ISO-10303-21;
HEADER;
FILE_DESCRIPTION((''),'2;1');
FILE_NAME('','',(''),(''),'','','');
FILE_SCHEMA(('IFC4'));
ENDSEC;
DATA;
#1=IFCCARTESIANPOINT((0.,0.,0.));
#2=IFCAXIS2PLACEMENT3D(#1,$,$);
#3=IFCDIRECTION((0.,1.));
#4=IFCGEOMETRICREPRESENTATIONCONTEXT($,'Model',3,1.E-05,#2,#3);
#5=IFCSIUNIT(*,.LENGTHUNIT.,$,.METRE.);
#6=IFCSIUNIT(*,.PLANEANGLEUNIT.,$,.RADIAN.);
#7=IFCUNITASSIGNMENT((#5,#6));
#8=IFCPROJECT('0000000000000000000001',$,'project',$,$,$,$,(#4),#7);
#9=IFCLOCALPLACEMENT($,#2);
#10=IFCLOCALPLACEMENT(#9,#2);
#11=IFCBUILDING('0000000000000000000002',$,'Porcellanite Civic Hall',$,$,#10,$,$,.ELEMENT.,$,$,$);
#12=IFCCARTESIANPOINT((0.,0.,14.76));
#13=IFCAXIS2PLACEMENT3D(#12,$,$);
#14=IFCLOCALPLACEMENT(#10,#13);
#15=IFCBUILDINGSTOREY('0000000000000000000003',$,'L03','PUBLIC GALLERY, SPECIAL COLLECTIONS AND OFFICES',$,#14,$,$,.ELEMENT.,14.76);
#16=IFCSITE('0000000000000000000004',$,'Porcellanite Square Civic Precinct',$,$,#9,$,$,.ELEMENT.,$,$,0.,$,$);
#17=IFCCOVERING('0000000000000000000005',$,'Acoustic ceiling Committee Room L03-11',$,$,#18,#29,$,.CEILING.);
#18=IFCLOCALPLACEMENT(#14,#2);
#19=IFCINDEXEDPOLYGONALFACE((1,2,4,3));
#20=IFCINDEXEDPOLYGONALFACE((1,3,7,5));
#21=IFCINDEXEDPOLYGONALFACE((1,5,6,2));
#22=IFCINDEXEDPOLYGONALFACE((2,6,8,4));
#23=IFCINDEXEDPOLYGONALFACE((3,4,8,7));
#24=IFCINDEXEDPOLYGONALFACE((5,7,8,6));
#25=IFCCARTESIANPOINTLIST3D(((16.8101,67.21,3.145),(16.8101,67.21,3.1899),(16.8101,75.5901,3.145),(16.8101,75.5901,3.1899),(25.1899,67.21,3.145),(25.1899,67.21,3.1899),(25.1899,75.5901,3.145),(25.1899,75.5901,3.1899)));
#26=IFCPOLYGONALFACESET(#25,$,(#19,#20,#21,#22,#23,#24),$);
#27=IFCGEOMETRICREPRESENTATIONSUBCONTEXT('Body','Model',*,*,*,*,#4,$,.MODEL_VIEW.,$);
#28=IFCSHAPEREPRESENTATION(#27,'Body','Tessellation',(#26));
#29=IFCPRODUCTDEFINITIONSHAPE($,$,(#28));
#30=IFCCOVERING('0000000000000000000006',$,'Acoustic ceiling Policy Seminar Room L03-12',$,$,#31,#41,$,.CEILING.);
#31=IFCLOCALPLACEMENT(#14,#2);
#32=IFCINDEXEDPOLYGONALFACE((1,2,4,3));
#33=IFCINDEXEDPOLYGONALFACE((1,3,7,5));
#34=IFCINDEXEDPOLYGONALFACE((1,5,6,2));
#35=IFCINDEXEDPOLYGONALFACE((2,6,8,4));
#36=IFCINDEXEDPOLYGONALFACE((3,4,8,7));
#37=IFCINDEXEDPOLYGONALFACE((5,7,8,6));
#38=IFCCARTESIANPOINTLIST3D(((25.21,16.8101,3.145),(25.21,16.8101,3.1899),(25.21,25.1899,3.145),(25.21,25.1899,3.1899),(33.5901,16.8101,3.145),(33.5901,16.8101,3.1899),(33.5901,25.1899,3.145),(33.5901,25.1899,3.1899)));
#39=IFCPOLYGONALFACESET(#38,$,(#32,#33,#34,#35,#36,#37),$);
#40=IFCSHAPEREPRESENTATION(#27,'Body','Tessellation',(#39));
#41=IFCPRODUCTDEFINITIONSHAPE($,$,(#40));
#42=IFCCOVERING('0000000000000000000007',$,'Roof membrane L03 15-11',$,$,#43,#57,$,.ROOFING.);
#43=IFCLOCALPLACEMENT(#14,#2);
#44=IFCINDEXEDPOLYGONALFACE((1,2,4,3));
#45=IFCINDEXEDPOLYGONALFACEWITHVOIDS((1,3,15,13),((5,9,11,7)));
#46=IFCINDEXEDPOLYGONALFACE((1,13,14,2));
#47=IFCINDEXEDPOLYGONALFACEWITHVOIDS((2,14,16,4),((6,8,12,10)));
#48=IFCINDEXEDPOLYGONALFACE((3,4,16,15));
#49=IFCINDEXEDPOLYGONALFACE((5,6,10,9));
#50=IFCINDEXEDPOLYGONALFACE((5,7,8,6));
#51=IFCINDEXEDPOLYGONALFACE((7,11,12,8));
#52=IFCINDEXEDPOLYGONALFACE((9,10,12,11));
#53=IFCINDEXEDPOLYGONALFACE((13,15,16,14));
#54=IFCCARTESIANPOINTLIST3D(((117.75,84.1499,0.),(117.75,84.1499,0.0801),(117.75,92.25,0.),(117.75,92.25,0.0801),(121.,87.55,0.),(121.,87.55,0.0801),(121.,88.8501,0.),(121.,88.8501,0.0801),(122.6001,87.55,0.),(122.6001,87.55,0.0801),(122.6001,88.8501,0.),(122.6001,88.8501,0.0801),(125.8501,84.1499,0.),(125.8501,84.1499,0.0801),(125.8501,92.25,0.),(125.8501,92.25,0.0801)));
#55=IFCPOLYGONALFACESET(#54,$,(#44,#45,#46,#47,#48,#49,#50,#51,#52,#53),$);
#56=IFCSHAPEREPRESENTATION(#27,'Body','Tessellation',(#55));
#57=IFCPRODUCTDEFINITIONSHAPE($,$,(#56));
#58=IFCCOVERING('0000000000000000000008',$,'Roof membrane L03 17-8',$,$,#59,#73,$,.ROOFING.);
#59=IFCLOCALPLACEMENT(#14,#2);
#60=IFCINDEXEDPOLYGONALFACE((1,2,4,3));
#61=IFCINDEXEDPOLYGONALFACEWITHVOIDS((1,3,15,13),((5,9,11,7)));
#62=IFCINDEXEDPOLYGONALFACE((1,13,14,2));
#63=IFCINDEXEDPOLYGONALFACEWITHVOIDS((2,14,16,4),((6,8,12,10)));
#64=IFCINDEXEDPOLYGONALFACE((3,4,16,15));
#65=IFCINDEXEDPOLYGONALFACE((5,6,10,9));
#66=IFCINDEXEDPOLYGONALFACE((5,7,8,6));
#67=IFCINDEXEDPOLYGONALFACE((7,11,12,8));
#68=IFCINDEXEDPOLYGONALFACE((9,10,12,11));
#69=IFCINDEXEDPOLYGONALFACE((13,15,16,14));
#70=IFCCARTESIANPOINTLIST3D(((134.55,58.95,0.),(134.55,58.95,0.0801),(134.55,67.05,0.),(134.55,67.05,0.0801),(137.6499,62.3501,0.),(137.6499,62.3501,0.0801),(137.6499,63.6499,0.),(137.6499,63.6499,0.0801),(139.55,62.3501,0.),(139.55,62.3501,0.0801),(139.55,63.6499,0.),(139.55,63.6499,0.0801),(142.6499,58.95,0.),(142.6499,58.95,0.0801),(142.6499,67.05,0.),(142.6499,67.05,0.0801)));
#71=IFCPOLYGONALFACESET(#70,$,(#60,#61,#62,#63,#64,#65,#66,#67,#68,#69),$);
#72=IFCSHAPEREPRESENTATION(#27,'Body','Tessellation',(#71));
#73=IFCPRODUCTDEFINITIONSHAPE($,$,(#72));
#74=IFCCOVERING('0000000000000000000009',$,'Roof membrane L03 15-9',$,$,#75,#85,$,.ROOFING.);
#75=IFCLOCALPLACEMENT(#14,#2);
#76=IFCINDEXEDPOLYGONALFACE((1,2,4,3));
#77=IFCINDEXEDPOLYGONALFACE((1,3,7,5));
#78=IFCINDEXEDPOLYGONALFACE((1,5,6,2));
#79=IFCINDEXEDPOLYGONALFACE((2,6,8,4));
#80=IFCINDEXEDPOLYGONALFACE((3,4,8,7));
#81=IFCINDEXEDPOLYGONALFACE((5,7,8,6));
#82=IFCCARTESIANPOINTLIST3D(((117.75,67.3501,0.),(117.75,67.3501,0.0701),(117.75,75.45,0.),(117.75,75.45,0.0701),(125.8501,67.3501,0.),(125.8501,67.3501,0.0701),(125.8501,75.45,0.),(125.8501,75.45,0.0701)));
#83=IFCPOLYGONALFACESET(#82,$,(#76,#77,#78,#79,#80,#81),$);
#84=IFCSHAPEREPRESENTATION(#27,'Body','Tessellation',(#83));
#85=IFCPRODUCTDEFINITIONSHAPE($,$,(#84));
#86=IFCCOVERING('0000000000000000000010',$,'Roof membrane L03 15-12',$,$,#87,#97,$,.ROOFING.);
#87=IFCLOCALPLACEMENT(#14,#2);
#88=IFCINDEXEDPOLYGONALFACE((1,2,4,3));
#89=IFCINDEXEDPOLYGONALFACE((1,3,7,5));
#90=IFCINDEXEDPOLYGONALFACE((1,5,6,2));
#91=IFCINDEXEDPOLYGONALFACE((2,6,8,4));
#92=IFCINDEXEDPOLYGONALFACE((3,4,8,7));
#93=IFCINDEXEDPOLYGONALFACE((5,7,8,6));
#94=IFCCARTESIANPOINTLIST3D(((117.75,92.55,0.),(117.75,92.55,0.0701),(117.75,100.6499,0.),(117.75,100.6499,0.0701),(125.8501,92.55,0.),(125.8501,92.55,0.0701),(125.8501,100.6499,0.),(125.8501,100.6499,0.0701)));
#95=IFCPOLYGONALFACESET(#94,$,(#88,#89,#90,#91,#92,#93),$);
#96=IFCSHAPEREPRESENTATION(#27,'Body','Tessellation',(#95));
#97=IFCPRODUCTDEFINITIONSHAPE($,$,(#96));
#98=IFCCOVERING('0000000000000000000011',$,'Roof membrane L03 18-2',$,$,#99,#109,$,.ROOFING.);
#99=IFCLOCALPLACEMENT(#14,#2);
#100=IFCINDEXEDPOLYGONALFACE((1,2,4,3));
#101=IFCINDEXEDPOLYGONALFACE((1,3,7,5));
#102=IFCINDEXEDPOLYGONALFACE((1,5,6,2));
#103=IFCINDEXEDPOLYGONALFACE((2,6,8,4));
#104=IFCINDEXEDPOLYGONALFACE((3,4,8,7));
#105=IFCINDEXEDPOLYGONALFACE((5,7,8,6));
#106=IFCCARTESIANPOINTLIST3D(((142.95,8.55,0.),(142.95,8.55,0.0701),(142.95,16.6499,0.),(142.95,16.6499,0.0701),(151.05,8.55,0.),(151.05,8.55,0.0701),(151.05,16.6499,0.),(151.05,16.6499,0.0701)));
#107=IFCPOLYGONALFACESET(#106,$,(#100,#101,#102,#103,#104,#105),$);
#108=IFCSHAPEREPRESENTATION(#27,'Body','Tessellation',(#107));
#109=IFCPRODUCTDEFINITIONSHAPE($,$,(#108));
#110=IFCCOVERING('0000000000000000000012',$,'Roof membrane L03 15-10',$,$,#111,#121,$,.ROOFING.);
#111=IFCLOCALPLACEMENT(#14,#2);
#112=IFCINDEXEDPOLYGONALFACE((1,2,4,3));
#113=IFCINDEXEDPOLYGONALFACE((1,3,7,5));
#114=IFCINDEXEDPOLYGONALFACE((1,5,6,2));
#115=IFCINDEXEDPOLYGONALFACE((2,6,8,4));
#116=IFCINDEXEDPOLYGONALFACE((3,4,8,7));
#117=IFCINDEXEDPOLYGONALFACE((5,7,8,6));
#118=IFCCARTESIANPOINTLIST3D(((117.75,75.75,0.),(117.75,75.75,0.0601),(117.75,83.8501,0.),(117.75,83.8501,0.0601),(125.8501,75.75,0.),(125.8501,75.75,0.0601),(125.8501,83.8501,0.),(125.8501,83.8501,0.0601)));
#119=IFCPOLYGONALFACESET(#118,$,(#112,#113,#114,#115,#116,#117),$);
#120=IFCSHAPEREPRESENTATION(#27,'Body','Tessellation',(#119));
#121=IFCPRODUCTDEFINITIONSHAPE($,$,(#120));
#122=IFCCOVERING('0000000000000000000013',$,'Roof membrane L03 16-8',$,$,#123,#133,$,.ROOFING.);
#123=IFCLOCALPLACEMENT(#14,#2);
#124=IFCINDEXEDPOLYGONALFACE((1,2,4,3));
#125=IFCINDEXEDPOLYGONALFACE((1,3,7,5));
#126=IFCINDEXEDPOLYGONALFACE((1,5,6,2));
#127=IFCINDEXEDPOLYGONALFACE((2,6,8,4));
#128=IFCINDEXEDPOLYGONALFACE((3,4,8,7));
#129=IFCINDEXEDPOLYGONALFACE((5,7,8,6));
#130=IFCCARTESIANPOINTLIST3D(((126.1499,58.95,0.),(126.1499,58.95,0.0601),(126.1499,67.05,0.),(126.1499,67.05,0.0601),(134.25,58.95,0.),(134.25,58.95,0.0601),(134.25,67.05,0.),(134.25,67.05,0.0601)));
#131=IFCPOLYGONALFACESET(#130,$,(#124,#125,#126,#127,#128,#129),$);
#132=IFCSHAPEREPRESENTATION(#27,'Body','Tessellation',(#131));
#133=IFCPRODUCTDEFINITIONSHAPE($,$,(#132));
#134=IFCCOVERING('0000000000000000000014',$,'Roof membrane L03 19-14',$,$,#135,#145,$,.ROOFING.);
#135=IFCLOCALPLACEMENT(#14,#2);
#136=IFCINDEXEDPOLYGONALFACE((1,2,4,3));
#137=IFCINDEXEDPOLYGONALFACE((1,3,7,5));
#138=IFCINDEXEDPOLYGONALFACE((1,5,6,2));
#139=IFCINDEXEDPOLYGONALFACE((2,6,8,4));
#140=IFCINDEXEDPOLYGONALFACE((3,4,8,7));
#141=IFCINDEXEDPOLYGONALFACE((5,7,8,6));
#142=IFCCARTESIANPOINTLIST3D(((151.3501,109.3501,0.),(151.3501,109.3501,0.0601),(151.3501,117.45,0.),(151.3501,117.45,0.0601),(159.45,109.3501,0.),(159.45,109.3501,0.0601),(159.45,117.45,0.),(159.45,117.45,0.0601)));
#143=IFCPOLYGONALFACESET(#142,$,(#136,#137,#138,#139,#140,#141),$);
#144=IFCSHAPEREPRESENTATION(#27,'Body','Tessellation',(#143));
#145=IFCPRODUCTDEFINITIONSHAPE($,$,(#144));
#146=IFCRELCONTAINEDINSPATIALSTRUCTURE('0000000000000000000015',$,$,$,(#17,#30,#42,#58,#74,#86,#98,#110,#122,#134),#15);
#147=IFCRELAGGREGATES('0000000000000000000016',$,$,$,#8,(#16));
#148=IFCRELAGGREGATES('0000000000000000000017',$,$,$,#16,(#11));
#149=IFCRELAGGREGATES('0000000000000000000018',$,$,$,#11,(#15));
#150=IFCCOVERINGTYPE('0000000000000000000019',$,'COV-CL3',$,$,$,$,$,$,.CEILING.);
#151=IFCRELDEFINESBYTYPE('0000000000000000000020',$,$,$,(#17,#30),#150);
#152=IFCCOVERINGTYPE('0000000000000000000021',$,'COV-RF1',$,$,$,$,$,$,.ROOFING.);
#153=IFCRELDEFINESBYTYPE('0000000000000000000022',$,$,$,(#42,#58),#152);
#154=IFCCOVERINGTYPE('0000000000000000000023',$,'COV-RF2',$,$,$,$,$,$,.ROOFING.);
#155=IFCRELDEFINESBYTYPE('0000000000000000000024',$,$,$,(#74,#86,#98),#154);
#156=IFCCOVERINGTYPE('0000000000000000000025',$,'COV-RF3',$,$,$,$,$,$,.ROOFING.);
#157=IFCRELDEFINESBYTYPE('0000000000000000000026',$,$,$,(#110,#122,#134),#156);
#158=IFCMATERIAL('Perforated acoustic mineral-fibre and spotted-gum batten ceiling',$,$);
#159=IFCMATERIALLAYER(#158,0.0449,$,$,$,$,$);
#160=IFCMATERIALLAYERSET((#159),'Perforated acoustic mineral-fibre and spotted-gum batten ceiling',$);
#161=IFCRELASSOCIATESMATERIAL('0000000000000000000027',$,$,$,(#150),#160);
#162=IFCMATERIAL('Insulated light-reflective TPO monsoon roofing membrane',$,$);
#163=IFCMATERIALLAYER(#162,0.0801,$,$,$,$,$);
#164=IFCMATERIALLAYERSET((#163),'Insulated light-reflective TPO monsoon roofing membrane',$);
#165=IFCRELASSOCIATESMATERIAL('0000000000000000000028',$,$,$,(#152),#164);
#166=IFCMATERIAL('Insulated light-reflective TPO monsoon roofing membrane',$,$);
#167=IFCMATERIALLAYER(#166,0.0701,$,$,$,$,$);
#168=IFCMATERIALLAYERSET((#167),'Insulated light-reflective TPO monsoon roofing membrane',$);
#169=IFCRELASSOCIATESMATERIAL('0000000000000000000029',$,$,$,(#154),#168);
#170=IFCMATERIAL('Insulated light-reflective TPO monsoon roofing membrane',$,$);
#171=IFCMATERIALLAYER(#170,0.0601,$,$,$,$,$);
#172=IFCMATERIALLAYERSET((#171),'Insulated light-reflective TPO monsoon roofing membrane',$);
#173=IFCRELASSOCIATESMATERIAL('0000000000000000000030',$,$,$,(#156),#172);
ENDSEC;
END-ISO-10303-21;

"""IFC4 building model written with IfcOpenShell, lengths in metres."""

from ifc_helpers import new_model, si_unit, direction, frame, origin, place, context, subcontext, project, spatial, polyline, outline, extrude, material, layer, layer_set, type_object, element, save


model = new_model("IFC4")

# Units and contexts
model_context = context("Model", 3, precision=1e-05, world=origin(), true_north=direction((0.0, 1.0)))
body_context = subcontext(model_context, "Body", "Model", "MODEL_VIEW")
ifc_project = project(units=[si_unit("LENGTHUNIT", "METRE"), si_unit("PLANEANGLEUNIT", "RADIAN")], contexts=[model_context])

# Site, building, storey
site_placement = place(None, origin())
site = spatial("IfcSite", under=ifc_project, at=site_placement, Name="Porcellanite Square Civic Precinct", CompositionType="ELEMENT", RefElevation=0.0)
building_placement = place(site_placement, origin())
building = spatial("IfcBuilding", under=site, at=building_placement, Name="Porcellanite Civic Hall", CompositionType="ELEMENT")
storey_placement = place(building_placement, frame((0.0, 0.0, 14.76)))
storey = spatial("IfcBuildingStorey", under=building, at=storey_placement, Name="L03", Description="PUBLIC GALLERY, SPECIAL COLLECTIONS AND OFFICES", CompositionType="ELEMENT", Elevation=14.76)

# Coverings
ifc_material_1 = material(Name="Perforated acoustic mineral-fibre and spotted-gum batten ceiling")
ifc_layer_1 = layer(ifc_material_1, 0.0449)
ifc_layer_set_1 = layer_set([ifc_layer_1], Name="Perforated acoustic mineral-fibre and spotted-gum batten ceiling")
covering_type_1 = type_object("IfcCoveringType", Name="COV-CL3", PredefinedType="CEILING", material=ifc_layer_set_1)
covering_1_placement = place(storey_placement, frame((0.0, 0.0, 3.145)))
element("IfcCovering", 1, at=covering_1_placement, inside=storey, type_object=covering_type_1, Name="Acoustic ceiling Committee Room L03-11", PredefinedType="CEILING", context=body_context, shape_type="SweptSolid", body=[
    extrude(outline(polyline([(16.8101, 67.21), (25.1899, 67.21), (25.1899, 75.5901), (16.8101, 75.5901), (16.8101, 67.21)])), origin(), (0.0, 0.0, 1.0), 0.0449),
])
covering_2_placement = place(storey_placement, frame((0.0, 0.0, 3.145)))
element("IfcCovering", 2, at=covering_2_placement, inside=storey, type_object=covering_type_1, Name="Acoustic ceiling Policy Seminar Room L03-12", PredefinedType="CEILING", context=body_context, shape_type="SweptSolid", body=[
    extrude(outline(polyline([(25.21, 16.8101), (33.5901, 16.8101), (33.5901, 25.1899), (25.21, 25.1899), (25.21, 16.8101)])), origin(), (0.0, 0.0, 1.0), 0.0449),
])
ifc_material_2 = material(Name="Insulated light-reflective TPO monsoon roofing membrane")
ifc_layer_2 = layer(ifc_material_2, 0.0801)
ifc_layer_set_2 = layer_set([ifc_layer_2], Name="Insulated light-reflective TPO monsoon roofing membrane")
covering_type_2 = type_object("IfcCoveringType", Name="COV-RF1", PredefinedType="ROOFING", material=ifc_layer_set_2)
covering_3_placement = place(storey_placement, origin())
element("IfcCovering", 3, at=covering_3_placement, inside=storey, type_object=covering_type_2, Name="Roof membrane L03 15-11", PredefinedType="ROOFING", context=body_context, shape_type="SweptSolid", body=[
    extrude(outline(polyline([(117.75, 84.1499), (125.8501, 84.1499), (125.8501, 92.25), (117.75, 92.25), (117.75, 84.1499)]), holes=[polyline([(121.0, 87.55), (122.6001, 87.55), (122.6001, 88.8501), (121.0, 88.8501), (121.0, 87.55)])]), origin(), (0.0, 0.0, 1.0), 0.0801),
])
covering_4_placement = place(storey_placement, origin())
element("IfcCovering", 4, at=covering_4_placement, inside=storey, type_object=covering_type_2, Name="Roof membrane L03 17-8", PredefinedType="ROOFING", context=body_context, shape_type="SweptSolid", body=[
    extrude(outline(polyline([(134.55, 58.95), (142.6499, 58.95), (142.6499, 67.05), (134.55, 67.05), (134.55, 58.95)]), holes=[polyline([(137.6499, 62.3501), (139.55, 62.3501), (139.55, 63.6499), (137.6499, 63.6499), (137.6499, 62.3501)])]), origin(), (0.0, 0.0, 1.0), 0.0801),
])
ifc_material_3 = material(Name="Insulated light-reflective TPO monsoon roofing membrane")
ifc_layer_3 = layer(ifc_material_3, 0.0701)
ifc_layer_set_3 = layer_set([ifc_layer_3], Name="Insulated light-reflective TPO monsoon roofing membrane")
covering_type_3 = type_object("IfcCoveringType", Name="COV-RF2", PredefinedType="ROOFING", material=ifc_layer_set_3)
covering_5_placement = place(storey_placement, origin())
element("IfcCovering", 5, at=covering_5_placement, inside=storey, type_object=covering_type_3, Name="Roof membrane L03 15-9", PredefinedType="ROOFING", context=body_context, shape_type="SweptSolid", body=[
    extrude(outline(polyline([(117.75, 67.3501), (125.8501, 67.3501), (125.8501, 75.45), (117.75, 75.45), (117.75, 67.3501)])), origin(), (0.0, 0.0, 1.0), 0.0701),
])
covering_6_placement = place(storey_placement, origin())
element("IfcCovering", 6, at=covering_6_placement, inside=storey, type_object=covering_type_3, Name="Roof membrane L03 15-12", PredefinedType="ROOFING", context=body_context, shape_type="SweptSolid", body=[
    extrude(outline(polyline([(117.75, 92.55), (125.8501, 92.55), (125.8501, 100.6499), (117.75, 100.6499), (117.75, 92.55)])), origin(), (0.0, 0.0, 1.0), 0.0701),
])
covering_7_placement = place(storey_placement, origin())
element("IfcCovering", 7, at=covering_7_placement, inside=storey, type_object=covering_type_3, Name="Roof membrane L03 18-2", PredefinedType="ROOFING", context=body_context, shape_type="SweptSolid", body=[
    extrude(outline(polyline([(142.95, 8.55), (151.05, 8.55), (151.05, 16.6499), (142.95, 16.6499), (142.95, 8.55)])), origin(), (0.0, 0.0, 1.0), 0.0701),
])
ifc_material_4 = material(Name="Insulated light-reflective TPO monsoon roofing membrane")
ifc_layer_4 = layer(ifc_material_4, 0.0601)
ifc_layer_set_4 = layer_set([ifc_layer_4], Name="Insulated light-reflective TPO monsoon roofing membrane")
covering_type_4 = type_object("IfcCoveringType", Name="COV-RF3", PredefinedType="ROOFING", material=ifc_layer_set_4)
covering_8_placement = place(storey_placement, origin())
element("IfcCovering", 8, at=covering_8_placement, inside=storey, type_object=covering_type_4, Name="Roof membrane L03 15-10", PredefinedType="ROOFING", context=body_context, shape_type="SweptSolid", body=[
    extrude(outline(polyline([(117.75, 75.75), (125.8501, 75.75), (125.8501, 83.8501), (117.75, 83.8501), (117.75, 75.75)])), origin(), (0.0, 0.0, 1.0), 0.0601),
])
covering_9_placement = place(storey_placement, origin())
element("IfcCovering", 9, at=covering_9_placement, inside=storey, type_object=covering_type_4, Name="Roof membrane L03 16-8", PredefinedType="ROOFING", context=body_context, shape_type="SweptSolid", body=[
    extrude(outline(polyline([(126.1499, 58.95), (134.25, 58.95), (134.25, 67.05), (126.1499, 67.05), (126.1499, 58.95)])), origin(), (0.0, 0.0, 1.0), 0.0601),
])
covering_10_placement = place(storey_placement, origin())
element("IfcCovering", 10, at=covering_10_placement, inside=storey, type_object=covering_type_4, Name="Roof membrane L03 19-14", PredefinedType="ROOFING", context=body_context, shape_type="SweptSolid", body=[
    extrude(outline(polyline([(151.3501, 109.3501), (159.45, 109.3501), (159.45, 117.45), (151.3501, 117.45), (151.3501, 109.3501)])), origin(), (0.0, 0.0, 1.0), 0.0601),
])

save(model, "model.ifc")
